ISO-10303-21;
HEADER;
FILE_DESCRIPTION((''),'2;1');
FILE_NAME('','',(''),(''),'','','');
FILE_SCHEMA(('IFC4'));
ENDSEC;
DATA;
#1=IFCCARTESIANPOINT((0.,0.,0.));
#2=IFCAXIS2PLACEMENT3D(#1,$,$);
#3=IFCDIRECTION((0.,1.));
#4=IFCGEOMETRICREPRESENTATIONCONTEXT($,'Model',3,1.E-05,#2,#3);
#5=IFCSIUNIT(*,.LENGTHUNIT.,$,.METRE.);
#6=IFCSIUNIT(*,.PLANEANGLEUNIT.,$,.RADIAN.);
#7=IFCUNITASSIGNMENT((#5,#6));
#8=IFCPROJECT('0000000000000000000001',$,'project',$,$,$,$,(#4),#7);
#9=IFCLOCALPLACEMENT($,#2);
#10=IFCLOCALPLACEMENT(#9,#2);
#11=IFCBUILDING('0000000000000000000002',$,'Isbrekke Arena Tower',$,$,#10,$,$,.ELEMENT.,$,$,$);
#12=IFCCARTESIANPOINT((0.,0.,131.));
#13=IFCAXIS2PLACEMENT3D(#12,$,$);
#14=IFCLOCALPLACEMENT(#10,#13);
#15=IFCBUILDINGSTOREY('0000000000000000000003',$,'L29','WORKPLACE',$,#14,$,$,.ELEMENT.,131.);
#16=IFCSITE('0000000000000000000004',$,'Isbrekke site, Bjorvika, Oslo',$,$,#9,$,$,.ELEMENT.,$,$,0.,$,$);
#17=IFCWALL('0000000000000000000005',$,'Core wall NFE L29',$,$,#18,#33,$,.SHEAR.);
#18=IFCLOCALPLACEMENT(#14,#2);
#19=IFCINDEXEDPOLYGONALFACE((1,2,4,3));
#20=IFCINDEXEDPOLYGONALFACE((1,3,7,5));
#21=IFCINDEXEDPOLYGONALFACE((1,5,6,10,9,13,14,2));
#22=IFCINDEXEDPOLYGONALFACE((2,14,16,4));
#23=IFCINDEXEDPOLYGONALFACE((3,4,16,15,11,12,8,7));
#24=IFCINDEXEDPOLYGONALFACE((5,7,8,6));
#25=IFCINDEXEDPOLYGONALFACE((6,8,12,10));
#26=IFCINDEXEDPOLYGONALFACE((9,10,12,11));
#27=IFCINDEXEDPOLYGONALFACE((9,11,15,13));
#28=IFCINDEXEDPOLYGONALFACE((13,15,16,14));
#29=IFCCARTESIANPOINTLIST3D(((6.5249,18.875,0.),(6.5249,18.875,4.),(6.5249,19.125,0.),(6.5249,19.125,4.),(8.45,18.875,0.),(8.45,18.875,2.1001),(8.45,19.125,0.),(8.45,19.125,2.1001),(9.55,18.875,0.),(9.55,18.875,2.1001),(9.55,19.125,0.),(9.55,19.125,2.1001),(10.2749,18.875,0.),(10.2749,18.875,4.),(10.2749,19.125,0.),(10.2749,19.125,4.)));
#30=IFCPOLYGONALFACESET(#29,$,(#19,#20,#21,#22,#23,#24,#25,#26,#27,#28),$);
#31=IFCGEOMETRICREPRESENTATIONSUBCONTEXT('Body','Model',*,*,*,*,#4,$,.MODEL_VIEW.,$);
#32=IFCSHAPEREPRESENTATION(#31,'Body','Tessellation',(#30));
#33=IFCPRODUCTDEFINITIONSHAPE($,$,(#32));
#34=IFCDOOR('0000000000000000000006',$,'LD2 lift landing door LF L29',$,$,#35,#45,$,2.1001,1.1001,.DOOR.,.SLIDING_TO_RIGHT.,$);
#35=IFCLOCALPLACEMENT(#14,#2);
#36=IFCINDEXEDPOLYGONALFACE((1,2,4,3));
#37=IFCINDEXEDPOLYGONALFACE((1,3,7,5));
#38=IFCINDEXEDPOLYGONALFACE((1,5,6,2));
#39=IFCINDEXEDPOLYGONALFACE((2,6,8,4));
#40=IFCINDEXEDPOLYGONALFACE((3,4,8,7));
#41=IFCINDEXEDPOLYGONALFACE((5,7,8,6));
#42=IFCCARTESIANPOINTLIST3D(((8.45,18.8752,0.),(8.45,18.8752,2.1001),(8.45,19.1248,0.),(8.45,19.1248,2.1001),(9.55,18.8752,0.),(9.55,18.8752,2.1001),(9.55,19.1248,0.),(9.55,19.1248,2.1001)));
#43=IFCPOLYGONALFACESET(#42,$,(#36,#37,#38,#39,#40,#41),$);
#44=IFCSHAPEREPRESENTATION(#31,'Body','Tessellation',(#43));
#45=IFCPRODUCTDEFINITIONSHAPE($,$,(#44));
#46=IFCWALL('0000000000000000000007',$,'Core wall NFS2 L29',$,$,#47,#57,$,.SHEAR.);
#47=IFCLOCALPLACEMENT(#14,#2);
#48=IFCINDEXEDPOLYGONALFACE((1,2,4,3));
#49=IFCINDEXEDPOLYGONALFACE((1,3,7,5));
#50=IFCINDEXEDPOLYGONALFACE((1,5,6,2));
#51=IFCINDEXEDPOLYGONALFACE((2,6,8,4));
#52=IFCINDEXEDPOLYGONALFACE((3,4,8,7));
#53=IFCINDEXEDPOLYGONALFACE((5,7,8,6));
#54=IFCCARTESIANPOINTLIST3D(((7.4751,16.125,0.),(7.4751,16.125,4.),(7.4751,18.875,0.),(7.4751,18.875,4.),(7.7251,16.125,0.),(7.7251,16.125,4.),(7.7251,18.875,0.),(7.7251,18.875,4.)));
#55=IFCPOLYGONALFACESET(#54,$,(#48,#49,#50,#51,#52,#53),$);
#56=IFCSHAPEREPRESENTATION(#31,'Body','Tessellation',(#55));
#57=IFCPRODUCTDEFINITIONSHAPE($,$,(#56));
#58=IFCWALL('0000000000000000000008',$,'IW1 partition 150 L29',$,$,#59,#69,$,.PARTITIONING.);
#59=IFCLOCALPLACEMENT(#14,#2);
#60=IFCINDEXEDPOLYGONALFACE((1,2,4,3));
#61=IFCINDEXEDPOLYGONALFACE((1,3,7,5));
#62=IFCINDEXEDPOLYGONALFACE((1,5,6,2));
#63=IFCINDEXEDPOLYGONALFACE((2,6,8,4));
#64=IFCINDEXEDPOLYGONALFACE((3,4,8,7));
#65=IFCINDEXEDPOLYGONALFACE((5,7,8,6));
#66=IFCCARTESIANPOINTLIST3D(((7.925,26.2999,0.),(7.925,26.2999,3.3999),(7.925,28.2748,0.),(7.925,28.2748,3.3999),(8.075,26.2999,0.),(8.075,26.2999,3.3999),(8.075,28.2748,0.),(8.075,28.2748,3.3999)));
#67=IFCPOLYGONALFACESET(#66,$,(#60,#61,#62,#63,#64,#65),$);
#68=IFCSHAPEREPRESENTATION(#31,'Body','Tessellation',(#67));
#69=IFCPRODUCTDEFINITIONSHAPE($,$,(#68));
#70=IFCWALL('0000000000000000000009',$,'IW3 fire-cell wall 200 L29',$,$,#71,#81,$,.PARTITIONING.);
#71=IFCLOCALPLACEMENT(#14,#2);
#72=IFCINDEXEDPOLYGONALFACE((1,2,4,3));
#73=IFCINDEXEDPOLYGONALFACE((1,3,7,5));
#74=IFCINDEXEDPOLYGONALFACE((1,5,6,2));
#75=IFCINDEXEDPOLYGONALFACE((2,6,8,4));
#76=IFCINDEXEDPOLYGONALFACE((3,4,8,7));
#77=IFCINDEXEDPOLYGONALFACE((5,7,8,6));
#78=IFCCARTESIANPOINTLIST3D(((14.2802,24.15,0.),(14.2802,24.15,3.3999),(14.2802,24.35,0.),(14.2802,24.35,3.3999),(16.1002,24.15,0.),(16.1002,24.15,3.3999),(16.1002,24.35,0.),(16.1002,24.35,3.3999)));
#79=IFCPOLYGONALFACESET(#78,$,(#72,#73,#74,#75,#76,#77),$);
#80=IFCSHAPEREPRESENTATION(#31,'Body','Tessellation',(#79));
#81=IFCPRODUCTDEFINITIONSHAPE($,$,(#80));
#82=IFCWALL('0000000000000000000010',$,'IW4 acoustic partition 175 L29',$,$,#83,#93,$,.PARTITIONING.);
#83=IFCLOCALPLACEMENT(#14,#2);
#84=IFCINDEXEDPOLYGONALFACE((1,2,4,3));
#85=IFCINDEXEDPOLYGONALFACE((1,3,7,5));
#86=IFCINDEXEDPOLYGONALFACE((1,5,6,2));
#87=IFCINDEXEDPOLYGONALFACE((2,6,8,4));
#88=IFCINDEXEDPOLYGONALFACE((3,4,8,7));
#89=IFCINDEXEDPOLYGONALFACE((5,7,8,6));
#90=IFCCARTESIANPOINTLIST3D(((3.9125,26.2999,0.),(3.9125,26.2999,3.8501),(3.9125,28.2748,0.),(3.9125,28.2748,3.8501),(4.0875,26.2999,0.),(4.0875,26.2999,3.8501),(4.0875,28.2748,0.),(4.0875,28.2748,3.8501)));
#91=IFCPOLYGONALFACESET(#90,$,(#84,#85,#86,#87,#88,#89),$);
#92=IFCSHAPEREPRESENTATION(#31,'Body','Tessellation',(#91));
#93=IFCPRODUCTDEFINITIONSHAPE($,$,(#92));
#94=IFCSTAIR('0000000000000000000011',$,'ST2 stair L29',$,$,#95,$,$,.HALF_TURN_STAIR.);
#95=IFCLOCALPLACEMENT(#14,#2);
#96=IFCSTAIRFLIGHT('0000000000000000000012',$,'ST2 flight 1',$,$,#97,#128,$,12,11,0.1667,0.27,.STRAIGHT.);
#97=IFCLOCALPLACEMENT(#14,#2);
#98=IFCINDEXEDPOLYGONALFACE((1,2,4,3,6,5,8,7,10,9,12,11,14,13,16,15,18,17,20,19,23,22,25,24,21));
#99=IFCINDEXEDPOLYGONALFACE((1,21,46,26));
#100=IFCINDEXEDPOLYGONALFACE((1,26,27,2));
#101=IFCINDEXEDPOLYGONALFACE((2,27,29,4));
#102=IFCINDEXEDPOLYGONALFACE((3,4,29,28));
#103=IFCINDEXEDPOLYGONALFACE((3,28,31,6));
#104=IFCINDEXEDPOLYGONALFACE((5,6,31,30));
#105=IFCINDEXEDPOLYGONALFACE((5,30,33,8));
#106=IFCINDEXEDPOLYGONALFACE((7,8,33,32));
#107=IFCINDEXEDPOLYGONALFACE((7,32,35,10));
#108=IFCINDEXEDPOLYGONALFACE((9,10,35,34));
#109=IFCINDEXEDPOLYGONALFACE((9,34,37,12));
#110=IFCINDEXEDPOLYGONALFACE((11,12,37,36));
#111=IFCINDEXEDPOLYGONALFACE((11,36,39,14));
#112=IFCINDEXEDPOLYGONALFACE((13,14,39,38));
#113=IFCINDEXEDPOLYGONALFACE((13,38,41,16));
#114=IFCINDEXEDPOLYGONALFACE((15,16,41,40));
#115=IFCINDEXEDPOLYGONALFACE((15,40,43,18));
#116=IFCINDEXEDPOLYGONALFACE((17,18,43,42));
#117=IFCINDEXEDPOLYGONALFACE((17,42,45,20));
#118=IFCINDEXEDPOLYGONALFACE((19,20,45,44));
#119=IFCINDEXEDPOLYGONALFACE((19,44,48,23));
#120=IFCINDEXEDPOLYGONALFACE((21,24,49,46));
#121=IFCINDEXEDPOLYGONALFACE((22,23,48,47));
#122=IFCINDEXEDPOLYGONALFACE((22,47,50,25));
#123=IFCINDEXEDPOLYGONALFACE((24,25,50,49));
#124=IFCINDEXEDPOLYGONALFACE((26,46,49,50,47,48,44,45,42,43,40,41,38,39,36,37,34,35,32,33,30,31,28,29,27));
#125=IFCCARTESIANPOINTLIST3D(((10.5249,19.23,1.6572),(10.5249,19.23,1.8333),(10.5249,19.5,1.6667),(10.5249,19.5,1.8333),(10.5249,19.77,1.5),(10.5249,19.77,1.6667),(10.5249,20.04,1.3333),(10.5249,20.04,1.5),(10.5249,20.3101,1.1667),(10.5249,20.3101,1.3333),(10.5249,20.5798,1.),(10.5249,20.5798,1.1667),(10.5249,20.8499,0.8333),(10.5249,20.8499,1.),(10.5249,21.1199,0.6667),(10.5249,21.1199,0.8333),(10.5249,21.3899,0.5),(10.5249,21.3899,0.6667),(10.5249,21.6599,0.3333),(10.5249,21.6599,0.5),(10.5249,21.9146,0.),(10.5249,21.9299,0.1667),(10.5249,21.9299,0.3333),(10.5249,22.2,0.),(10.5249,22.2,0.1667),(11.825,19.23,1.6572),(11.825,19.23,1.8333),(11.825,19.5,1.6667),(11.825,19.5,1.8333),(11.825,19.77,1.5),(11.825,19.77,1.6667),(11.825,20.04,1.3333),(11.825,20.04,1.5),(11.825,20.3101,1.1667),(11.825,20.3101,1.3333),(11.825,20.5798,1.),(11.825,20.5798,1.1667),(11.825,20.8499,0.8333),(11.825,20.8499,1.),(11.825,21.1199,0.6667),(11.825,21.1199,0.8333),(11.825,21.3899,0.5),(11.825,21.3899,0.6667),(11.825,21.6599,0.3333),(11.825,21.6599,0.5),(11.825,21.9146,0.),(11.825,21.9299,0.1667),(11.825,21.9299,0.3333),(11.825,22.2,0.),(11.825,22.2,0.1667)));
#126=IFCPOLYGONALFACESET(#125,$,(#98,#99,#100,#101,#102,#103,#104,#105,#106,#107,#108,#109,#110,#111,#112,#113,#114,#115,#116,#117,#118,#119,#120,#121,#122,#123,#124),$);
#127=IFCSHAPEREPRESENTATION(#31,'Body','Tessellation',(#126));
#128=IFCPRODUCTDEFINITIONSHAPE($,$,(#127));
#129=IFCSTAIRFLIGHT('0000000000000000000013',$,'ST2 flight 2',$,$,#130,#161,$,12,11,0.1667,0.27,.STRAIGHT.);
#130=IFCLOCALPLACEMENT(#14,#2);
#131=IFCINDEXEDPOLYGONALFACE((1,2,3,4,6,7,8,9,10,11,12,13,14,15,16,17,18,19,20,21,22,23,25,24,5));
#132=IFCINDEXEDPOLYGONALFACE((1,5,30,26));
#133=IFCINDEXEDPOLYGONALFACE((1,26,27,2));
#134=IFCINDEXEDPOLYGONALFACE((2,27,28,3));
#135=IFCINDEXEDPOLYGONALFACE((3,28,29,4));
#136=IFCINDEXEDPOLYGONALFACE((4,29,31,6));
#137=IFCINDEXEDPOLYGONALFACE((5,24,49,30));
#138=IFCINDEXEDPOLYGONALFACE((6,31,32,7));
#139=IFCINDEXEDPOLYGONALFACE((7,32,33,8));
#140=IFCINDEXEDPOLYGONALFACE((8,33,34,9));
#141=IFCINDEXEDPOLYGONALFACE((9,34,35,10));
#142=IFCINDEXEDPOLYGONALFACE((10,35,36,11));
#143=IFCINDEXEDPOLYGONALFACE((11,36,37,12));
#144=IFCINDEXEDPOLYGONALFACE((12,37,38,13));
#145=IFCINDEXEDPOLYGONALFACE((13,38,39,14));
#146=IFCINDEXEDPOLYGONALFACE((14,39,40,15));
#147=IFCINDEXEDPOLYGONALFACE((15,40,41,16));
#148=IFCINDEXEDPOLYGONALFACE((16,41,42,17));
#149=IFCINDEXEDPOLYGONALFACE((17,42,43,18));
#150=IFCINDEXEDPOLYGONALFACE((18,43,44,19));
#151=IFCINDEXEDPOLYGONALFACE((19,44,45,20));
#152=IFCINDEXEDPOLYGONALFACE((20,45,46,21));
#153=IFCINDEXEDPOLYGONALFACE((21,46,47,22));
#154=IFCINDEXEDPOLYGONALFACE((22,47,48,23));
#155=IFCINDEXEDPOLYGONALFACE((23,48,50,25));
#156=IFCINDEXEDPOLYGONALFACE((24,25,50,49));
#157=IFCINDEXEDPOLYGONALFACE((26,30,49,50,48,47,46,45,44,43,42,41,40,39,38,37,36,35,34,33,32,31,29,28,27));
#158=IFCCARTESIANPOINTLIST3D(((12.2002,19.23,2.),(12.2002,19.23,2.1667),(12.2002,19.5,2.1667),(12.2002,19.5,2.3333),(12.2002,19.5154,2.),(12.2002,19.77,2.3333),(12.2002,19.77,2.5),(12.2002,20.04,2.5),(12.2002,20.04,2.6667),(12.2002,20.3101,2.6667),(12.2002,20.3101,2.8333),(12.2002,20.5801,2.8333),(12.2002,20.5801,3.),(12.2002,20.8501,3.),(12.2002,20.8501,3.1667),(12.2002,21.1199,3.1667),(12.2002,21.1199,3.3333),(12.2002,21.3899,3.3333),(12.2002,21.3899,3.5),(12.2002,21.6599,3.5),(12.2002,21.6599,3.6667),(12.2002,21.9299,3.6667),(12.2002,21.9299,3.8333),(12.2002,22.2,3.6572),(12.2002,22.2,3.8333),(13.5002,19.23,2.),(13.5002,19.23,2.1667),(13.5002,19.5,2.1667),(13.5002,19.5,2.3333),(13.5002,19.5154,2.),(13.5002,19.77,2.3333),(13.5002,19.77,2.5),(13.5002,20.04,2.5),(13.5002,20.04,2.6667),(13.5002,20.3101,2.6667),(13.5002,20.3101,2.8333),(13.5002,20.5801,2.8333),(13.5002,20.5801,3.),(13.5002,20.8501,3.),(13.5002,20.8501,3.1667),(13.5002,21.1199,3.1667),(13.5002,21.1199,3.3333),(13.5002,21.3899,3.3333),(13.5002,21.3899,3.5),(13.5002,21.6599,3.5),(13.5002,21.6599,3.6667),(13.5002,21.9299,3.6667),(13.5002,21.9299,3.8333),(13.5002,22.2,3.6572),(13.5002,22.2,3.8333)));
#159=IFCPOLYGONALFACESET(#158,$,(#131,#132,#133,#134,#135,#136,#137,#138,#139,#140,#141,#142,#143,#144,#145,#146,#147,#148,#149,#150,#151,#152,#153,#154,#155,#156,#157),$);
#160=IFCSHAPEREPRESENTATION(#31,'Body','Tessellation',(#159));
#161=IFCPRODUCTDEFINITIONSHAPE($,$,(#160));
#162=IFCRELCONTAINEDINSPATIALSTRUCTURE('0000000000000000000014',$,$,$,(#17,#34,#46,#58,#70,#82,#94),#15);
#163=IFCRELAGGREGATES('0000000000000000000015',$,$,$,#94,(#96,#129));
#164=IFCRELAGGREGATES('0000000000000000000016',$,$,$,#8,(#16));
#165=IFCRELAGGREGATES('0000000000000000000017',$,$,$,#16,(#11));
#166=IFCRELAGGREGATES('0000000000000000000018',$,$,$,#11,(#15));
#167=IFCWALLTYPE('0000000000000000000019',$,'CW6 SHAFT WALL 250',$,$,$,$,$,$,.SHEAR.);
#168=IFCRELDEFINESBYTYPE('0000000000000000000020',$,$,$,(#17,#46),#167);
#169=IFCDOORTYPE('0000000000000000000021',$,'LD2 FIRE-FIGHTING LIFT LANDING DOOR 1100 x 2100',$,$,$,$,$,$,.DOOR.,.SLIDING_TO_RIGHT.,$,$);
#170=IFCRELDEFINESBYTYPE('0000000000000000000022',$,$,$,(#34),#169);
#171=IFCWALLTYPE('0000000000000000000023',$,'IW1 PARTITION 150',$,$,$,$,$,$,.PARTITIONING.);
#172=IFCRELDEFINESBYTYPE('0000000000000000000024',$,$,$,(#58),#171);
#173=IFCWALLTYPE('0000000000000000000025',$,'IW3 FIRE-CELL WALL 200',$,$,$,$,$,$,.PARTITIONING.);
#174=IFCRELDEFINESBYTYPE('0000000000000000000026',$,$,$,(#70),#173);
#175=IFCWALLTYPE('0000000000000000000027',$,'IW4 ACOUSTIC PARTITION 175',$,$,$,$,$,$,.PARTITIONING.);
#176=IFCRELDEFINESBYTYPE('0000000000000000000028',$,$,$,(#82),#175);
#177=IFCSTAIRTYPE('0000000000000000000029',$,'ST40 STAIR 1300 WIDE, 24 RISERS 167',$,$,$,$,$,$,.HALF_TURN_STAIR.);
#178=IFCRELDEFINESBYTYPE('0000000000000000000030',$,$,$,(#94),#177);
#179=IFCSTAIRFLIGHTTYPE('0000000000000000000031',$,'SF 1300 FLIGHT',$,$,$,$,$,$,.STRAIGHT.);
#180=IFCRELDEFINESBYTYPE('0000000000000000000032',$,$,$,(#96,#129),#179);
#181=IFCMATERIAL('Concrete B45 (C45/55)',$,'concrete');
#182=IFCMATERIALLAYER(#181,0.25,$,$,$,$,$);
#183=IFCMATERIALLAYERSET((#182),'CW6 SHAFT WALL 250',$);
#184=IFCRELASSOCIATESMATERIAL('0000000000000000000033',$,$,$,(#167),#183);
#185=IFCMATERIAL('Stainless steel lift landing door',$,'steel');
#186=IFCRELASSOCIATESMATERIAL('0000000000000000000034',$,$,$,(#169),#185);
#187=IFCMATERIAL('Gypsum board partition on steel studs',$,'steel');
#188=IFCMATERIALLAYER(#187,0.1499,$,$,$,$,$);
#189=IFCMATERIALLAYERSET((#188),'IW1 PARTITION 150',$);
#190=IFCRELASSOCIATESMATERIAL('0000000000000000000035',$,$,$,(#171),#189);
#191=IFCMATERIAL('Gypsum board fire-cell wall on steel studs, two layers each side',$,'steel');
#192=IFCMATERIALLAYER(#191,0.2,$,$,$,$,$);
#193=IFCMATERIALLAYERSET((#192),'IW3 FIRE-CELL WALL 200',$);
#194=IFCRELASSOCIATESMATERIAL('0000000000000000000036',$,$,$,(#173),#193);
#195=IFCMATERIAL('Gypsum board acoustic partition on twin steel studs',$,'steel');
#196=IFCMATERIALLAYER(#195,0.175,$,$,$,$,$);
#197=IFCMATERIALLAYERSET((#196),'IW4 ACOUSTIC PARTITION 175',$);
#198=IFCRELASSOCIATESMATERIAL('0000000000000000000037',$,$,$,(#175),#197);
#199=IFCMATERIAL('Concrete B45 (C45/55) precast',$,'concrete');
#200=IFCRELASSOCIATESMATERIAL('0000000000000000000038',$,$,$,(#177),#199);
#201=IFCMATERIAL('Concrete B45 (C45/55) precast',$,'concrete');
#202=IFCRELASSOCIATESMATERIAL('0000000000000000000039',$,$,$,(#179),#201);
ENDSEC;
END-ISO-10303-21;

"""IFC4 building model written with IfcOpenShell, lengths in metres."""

from ifc_helpers import new_model, si_unit, direction, frame, frame_2d, origin, place, context, subcontext, project, spatial, polyline, rectangle, outline, extrude, material, layer, layer_set, type_object, element, fill, aggregate, save


model = new_model("IFC4")

# Units and contexts
model_context = context("Model", 3, precision=1e-05, world=origin(), true_north=direction((0.0, 1.0)))
body_context = subcontext(model_context, "Body", "Model", "MODEL_VIEW")
ifc_project = project(units=[si_unit("LENGTHUNIT", "METRE"), si_unit("PLANEANGLEUNIT", "RADIAN")], contexts=[model_context])

# Site, building, storey
site_placement = place(None, origin())
site = spatial("IfcSite", under=ifc_project, at=site_placement, Name="Isbrekke site, Bjorvika, Oslo", CompositionType="ELEMENT", RefElevation=0.0)
building_placement = place(site_placement, origin())
building = spatial("IfcBuilding", under=site, at=building_placement, Name="Isbrekke Arena Tower", CompositionType="ELEMENT")
storey_placement = place(building_placement, frame((0.0, 0.0, 131.0)))
storey = spatial("IfcBuildingStorey", under=building, at=storey_placement, Name="L29", Description="WORKPLACE", CompositionType="ELEMENT", Elevation=131.0)

# Shared definitions
ifc_material_1 = material(Name="Concrete B45 (C45/55)", Category="concrete")
ifc_layer_1 = layer(ifc_material_1, 0.25)
ifc_layer_set_1 = layer_set([ifc_layer_1], Name="CW6 SHAFT WALL 250")
wall_type_1 = type_object("IfcWallType", Name="CW6 SHAFT WALL 250", PredefinedType="SHEAR", material=ifc_layer_set_1)

# Wall, opening, door
wall_1_placement = place(storey_placement, frame((6.5249, 19.0, 0.0), z_axis=(0.0, 0.0, 1.0), x_axis=(1.0, 0.0, 0.0)))
wall_1 = element("IfcWall", 1, at=wall_1_placement, inside=storey, type_object=wall_type_1, Name="Core wall NFE L29", PredefinedType="SHEAR", context=body_context, shape_type="SweptSolid", body=[
    extrude(rectangle(XDim=3.75, YDim=0.25, at=frame_2d((1.875, 0.0))), origin(), (0.0, 0.0, 1.0), 4.0),
])
opening_1_placement = place(wall_1_placement, frame((1.925, 0.0, 0.0)))
opening_1 = element("IfcOpeningElement", 2, at=opening_1_placement, cuts=wall_1, PredefinedType="OPENING", context=body_context, shape_type="SweptSolid", body=[
    extrude(rectangle(XDim=1.1001, YDim=2.1001, at=frame_2d((0.55, 1.05))), frame((0.0, 0.1399, 0.0), z_axis=(0.0, -1.0, 0.0), x_axis=(1.0, 0.0, 0.0)), (0.0, 0.0, 1.0), 0.2798),
])
ifc_material_2 = material(Name="Stainless steel lift landing door", Category="steel")
door_type_1 = type_object("IfcDoorType", Name="LD2 FIRE-FIGHTING LIFT LANDING DOOR 1100 x 2100", OperationType="SLIDING_TO_RIGHT", PredefinedType="DOOR", material=ifc_material_2)
door_1_placement = place(opening_1_placement, origin())
door_1 = element("IfcDoor", 3, at=door_1_placement, inside=storey, type_object=door_type_1, Name="LD2 lift landing door LF L29", OperationType="SLIDING_TO_RIGHT", OverallHeight=2.1001, OverallWidth=1.1001, PredefinedType="DOOR", context=body_context, shape_type="SweptSolid", body=[
    extrude(rectangle(XDim=1.1001, YDim=2.1001, at=frame_2d((0.55, 1.05))), frame((0.0, 0.1248, 0.0), z_axis=(0.0, -1.0, 0.0), x_axis=(1.0, 0.0, 0.0)), (0.0, 0.0, 1.0), 0.2495),
])
fill(opening_1, door_1)

# Walls
wall_2_placement = place(storey_placement, frame((7.6001, 16.125, 0.0), z_axis=(0.0, 0.0, 1.0), x_axis=(0.0, 1.0, 0.0)))
element("IfcWall", 4, at=wall_2_placement, inside=storey, type_object=wall_type_1, Name="Core wall NFS2 L29", PredefinedType="SHEAR", context=body_context, shape_type="SweptSolid", body=[
    extrude(rectangle(XDim=2.75, YDim=0.25, at=frame_2d((1.375, 0.0))), origin(), (0.0, 0.0, 1.0), 4.0),
])
ifc_material_3 = material(Name="Gypsum board partition on steel studs", Category="steel")
ifc_layer_2 = layer(ifc_material_3, 0.1499)
ifc_layer_set_2 = layer_set([ifc_layer_2], Name="IW1 PARTITION 150")
wall_type_2 = type_object("IfcWallType", Name="IW1 PARTITION 150", PredefinedType="PARTITIONING", material=ifc_layer_set_2)
wall_3_placement = place(storey_placement, frame((8.0, 26.3, 0.0), z_axis=(0.0, 0.0, 1.0), x_axis=(0.0, 1.0, 0.0)))
element("IfcWall", 5, at=wall_3_placement, inside=storey, type_object=wall_type_2, Name="IW1 partition 150 L29", PredefinedType="PARTITIONING", context=body_context, shape_type="SweptSolid", body=[
    extrude(rectangle(XDim=1.9749, YDim=0.1499, at=frame_2d((0.9873, 0.0))), origin(), (0.0, 0.0, 1.0), 3.3999),
])
ifc_material_4 = material(Name="Gypsum board fire-cell wall on steel studs, two layers each side", Category="steel")
ifc_layer_3 = layer(ifc_material_4, 0.2)
ifc_layer_set_3 = layer_set([ifc_layer_3], Name="IW3 FIRE-CELL WALL 200")
wall_type_3 = type_object("IfcWallType", Name="IW3 FIRE-CELL WALL 200", PredefinedType="PARTITIONING", material=ifc_layer_set_3)
wall_4_placement = place(storey_placement, frame((14.28, 24.25, 0.0), z_axis=(0.0, 0.0, 1.0), x_axis=(1.0, 0.0, 0.0)))
element("IfcWall", 6, at=wall_4_placement, inside=storey, type_object=wall_type_3, Name="IW3 fire-cell wall 200 L29", PredefinedType="PARTITIONING", context=body_context, shape_type="SweptSolid", body=[
    extrude(rectangle(XDim=1.8201, YDim=0.2, at=frame_2d((0.9102, 0.0))), origin(), (0.0, 0.0, 1.0), 3.3999),
])

# Wall
ifc_material_5 = material(Name="Gypsum board acoustic partition on twin steel studs", Category="steel")
ifc_layer_4 = layer(ifc_material_5, 0.175)
ifc_layer_set_4 = layer_set([ifc_layer_4], Name="IW4 ACOUSTIC PARTITION 175")
wall_type_4 = type_object("IfcWallType", Name="IW4 ACOUSTIC PARTITION 175", PredefinedType="PARTITIONING", material=ifc_layer_set_4)
wall_5_placement = place(storey_placement, frame((4.0, 26.3, 0.0), z_axis=(0.0, 0.0, 1.0), x_axis=(0.0, 1.0, 0.0)))
element("IfcWall", 7, at=wall_5_placement, inside=storey, type_object=wall_type_4, Name="IW4 acoustic partition 175 L29", PredefinedType="PARTITIONING", context=body_context, shape_type="SweptSolid", body=[
    extrude(rectangle(XDim=1.9749, YDim=0.175, at=frame_2d((0.9873, 0.0))), origin(), (0.0, 0.0, 1.0), 3.8501),
])

# Stair, stair flights
ifc_material_6 = material(Name="Concrete B45 (C45/55) precast", Category="concrete")
stair_type = type_object("IfcStairType", Name="ST40 STAIR 1300 WIDE, 24 RISERS 167", PredefinedType="HALF_TURN_STAIR", material=ifc_material_6)
stair_placement = place(storey_placement, origin())
stair = element("IfcStair", 8, at=stair_placement, inside=storey, type_object=stair_type, Name="ST2 stair L29", PredefinedType="HALF_TURN_STAIR")
ifc_material_7 = material(Name="Concrete B45 (C45/55) precast", Category="concrete")
stair_flight_type = type_object("IfcStairFlightType", Name="SF 1300 FLIGHT", PredefinedType="STRAIGHT", material=ifc_material_7)
stair_flight_1_placement = place(storey_placement, frame((11.175, 22.2, 0.0), z_axis=(0.0, 0.0, 1.0), x_axis=(0.0, -1.0, 0.0)))
stair_flight_1 = element("IfcStairFlight", 9, at=stair_flight_1_placement, type_object=stair_flight_type, Name="ST2 flight 1", NumberOfRisers=12, NumberOfTreads=11, PredefinedType="STRAIGHT", RiserHeight=0.1667, TreadLength=0.27, context=body_context, shape_type="SweptSolid", body=[
    extrude(outline(polyline([(0.0, 0.0), (0.0, 0.1667), (0.27, 0.1667), (0.27, 0.3333), (0.54, 0.3333), (0.54, 0.5), (0.8101, 0.5), (0.8101, 0.6667), (1.0801, 0.6667), (1.0801, 0.8333), (1.3501, 0.8333), (1.3501, 1.0), (1.6201, 1.0), (1.6201, 1.1667), (1.8899, 1.1667), (1.8899, 1.3333), (2.1599, 1.3333), (2.1599, 1.5), (2.4299, 1.5), (2.4299, 1.6667), (2.7, 1.6667), (2.7, 1.8333), (2.97, 1.8333), (2.97, 2.0), (2.97, 1.6572), (0.2854, 0.0), (0.0, 0.0)])), frame((0.0, 0.6499, 0.0), z_axis=(0.0, -1.0, 0.0), x_axis=(1.0, 0.0, 0.0)), (0.0, 0.0, 1.0), 1.3),
])
stair_flight_2_placement = place(storey_placement, frame((12.8501, 19.23, 2.0), z_axis=(0.0, 0.0, 1.0), x_axis=(0.0, 1.0, 0.0)))
stair_flight_2 = element("IfcStairFlight", 10, at=stair_flight_2_placement, type_object=stair_flight_type, Name="ST2 flight 2", NumberOfRisers=12, NumberOfTreads=11, PredefinedType="STRAIGHT", RiserHeight=0.1667, TreadLength=0.27, context=body_context, shape_type="SweptSolid", body=[
    extrude(outline(polyline([(0.0, 0.0), (0.0, 0.1667), (0.27, 0.1667), (0.27, 0.3333), (0.54, 0.3333), (0.54, 0.5), (0.8101, 0.5), (0.8101, 0.6667), (1.0801, 0.6667), (1.0801, 0.8333), (1.3501, 0.8333), (1.3501, 1.0), (1.6201, 1.0), (1.6201, 1.1667), (1.8899, 1.1667), (1.8899, 1.3333), (2.1599, 1.3333), (2.1599, 1.5), (2.4299, 1.5), (2.4299, 1.6667), (2.7, 1.6667), (2.7, 1.8333), (2.97, 1.8333), (2.97, 2.0), (2.97, 1.6572), (0.2854, 0.0), (0.0, 0.0)])), frame((0.0, 0.6499, 0.0), z_axis=(0.0, -1.0, 0.0), x_axis=(1.0, 0.0, 0.0)), (0.0, 0.0, 1.0), 1.3),
])
aggregate(stair, [stair_flight_1, stair_flight_2])

save(model, "model.ifc")
